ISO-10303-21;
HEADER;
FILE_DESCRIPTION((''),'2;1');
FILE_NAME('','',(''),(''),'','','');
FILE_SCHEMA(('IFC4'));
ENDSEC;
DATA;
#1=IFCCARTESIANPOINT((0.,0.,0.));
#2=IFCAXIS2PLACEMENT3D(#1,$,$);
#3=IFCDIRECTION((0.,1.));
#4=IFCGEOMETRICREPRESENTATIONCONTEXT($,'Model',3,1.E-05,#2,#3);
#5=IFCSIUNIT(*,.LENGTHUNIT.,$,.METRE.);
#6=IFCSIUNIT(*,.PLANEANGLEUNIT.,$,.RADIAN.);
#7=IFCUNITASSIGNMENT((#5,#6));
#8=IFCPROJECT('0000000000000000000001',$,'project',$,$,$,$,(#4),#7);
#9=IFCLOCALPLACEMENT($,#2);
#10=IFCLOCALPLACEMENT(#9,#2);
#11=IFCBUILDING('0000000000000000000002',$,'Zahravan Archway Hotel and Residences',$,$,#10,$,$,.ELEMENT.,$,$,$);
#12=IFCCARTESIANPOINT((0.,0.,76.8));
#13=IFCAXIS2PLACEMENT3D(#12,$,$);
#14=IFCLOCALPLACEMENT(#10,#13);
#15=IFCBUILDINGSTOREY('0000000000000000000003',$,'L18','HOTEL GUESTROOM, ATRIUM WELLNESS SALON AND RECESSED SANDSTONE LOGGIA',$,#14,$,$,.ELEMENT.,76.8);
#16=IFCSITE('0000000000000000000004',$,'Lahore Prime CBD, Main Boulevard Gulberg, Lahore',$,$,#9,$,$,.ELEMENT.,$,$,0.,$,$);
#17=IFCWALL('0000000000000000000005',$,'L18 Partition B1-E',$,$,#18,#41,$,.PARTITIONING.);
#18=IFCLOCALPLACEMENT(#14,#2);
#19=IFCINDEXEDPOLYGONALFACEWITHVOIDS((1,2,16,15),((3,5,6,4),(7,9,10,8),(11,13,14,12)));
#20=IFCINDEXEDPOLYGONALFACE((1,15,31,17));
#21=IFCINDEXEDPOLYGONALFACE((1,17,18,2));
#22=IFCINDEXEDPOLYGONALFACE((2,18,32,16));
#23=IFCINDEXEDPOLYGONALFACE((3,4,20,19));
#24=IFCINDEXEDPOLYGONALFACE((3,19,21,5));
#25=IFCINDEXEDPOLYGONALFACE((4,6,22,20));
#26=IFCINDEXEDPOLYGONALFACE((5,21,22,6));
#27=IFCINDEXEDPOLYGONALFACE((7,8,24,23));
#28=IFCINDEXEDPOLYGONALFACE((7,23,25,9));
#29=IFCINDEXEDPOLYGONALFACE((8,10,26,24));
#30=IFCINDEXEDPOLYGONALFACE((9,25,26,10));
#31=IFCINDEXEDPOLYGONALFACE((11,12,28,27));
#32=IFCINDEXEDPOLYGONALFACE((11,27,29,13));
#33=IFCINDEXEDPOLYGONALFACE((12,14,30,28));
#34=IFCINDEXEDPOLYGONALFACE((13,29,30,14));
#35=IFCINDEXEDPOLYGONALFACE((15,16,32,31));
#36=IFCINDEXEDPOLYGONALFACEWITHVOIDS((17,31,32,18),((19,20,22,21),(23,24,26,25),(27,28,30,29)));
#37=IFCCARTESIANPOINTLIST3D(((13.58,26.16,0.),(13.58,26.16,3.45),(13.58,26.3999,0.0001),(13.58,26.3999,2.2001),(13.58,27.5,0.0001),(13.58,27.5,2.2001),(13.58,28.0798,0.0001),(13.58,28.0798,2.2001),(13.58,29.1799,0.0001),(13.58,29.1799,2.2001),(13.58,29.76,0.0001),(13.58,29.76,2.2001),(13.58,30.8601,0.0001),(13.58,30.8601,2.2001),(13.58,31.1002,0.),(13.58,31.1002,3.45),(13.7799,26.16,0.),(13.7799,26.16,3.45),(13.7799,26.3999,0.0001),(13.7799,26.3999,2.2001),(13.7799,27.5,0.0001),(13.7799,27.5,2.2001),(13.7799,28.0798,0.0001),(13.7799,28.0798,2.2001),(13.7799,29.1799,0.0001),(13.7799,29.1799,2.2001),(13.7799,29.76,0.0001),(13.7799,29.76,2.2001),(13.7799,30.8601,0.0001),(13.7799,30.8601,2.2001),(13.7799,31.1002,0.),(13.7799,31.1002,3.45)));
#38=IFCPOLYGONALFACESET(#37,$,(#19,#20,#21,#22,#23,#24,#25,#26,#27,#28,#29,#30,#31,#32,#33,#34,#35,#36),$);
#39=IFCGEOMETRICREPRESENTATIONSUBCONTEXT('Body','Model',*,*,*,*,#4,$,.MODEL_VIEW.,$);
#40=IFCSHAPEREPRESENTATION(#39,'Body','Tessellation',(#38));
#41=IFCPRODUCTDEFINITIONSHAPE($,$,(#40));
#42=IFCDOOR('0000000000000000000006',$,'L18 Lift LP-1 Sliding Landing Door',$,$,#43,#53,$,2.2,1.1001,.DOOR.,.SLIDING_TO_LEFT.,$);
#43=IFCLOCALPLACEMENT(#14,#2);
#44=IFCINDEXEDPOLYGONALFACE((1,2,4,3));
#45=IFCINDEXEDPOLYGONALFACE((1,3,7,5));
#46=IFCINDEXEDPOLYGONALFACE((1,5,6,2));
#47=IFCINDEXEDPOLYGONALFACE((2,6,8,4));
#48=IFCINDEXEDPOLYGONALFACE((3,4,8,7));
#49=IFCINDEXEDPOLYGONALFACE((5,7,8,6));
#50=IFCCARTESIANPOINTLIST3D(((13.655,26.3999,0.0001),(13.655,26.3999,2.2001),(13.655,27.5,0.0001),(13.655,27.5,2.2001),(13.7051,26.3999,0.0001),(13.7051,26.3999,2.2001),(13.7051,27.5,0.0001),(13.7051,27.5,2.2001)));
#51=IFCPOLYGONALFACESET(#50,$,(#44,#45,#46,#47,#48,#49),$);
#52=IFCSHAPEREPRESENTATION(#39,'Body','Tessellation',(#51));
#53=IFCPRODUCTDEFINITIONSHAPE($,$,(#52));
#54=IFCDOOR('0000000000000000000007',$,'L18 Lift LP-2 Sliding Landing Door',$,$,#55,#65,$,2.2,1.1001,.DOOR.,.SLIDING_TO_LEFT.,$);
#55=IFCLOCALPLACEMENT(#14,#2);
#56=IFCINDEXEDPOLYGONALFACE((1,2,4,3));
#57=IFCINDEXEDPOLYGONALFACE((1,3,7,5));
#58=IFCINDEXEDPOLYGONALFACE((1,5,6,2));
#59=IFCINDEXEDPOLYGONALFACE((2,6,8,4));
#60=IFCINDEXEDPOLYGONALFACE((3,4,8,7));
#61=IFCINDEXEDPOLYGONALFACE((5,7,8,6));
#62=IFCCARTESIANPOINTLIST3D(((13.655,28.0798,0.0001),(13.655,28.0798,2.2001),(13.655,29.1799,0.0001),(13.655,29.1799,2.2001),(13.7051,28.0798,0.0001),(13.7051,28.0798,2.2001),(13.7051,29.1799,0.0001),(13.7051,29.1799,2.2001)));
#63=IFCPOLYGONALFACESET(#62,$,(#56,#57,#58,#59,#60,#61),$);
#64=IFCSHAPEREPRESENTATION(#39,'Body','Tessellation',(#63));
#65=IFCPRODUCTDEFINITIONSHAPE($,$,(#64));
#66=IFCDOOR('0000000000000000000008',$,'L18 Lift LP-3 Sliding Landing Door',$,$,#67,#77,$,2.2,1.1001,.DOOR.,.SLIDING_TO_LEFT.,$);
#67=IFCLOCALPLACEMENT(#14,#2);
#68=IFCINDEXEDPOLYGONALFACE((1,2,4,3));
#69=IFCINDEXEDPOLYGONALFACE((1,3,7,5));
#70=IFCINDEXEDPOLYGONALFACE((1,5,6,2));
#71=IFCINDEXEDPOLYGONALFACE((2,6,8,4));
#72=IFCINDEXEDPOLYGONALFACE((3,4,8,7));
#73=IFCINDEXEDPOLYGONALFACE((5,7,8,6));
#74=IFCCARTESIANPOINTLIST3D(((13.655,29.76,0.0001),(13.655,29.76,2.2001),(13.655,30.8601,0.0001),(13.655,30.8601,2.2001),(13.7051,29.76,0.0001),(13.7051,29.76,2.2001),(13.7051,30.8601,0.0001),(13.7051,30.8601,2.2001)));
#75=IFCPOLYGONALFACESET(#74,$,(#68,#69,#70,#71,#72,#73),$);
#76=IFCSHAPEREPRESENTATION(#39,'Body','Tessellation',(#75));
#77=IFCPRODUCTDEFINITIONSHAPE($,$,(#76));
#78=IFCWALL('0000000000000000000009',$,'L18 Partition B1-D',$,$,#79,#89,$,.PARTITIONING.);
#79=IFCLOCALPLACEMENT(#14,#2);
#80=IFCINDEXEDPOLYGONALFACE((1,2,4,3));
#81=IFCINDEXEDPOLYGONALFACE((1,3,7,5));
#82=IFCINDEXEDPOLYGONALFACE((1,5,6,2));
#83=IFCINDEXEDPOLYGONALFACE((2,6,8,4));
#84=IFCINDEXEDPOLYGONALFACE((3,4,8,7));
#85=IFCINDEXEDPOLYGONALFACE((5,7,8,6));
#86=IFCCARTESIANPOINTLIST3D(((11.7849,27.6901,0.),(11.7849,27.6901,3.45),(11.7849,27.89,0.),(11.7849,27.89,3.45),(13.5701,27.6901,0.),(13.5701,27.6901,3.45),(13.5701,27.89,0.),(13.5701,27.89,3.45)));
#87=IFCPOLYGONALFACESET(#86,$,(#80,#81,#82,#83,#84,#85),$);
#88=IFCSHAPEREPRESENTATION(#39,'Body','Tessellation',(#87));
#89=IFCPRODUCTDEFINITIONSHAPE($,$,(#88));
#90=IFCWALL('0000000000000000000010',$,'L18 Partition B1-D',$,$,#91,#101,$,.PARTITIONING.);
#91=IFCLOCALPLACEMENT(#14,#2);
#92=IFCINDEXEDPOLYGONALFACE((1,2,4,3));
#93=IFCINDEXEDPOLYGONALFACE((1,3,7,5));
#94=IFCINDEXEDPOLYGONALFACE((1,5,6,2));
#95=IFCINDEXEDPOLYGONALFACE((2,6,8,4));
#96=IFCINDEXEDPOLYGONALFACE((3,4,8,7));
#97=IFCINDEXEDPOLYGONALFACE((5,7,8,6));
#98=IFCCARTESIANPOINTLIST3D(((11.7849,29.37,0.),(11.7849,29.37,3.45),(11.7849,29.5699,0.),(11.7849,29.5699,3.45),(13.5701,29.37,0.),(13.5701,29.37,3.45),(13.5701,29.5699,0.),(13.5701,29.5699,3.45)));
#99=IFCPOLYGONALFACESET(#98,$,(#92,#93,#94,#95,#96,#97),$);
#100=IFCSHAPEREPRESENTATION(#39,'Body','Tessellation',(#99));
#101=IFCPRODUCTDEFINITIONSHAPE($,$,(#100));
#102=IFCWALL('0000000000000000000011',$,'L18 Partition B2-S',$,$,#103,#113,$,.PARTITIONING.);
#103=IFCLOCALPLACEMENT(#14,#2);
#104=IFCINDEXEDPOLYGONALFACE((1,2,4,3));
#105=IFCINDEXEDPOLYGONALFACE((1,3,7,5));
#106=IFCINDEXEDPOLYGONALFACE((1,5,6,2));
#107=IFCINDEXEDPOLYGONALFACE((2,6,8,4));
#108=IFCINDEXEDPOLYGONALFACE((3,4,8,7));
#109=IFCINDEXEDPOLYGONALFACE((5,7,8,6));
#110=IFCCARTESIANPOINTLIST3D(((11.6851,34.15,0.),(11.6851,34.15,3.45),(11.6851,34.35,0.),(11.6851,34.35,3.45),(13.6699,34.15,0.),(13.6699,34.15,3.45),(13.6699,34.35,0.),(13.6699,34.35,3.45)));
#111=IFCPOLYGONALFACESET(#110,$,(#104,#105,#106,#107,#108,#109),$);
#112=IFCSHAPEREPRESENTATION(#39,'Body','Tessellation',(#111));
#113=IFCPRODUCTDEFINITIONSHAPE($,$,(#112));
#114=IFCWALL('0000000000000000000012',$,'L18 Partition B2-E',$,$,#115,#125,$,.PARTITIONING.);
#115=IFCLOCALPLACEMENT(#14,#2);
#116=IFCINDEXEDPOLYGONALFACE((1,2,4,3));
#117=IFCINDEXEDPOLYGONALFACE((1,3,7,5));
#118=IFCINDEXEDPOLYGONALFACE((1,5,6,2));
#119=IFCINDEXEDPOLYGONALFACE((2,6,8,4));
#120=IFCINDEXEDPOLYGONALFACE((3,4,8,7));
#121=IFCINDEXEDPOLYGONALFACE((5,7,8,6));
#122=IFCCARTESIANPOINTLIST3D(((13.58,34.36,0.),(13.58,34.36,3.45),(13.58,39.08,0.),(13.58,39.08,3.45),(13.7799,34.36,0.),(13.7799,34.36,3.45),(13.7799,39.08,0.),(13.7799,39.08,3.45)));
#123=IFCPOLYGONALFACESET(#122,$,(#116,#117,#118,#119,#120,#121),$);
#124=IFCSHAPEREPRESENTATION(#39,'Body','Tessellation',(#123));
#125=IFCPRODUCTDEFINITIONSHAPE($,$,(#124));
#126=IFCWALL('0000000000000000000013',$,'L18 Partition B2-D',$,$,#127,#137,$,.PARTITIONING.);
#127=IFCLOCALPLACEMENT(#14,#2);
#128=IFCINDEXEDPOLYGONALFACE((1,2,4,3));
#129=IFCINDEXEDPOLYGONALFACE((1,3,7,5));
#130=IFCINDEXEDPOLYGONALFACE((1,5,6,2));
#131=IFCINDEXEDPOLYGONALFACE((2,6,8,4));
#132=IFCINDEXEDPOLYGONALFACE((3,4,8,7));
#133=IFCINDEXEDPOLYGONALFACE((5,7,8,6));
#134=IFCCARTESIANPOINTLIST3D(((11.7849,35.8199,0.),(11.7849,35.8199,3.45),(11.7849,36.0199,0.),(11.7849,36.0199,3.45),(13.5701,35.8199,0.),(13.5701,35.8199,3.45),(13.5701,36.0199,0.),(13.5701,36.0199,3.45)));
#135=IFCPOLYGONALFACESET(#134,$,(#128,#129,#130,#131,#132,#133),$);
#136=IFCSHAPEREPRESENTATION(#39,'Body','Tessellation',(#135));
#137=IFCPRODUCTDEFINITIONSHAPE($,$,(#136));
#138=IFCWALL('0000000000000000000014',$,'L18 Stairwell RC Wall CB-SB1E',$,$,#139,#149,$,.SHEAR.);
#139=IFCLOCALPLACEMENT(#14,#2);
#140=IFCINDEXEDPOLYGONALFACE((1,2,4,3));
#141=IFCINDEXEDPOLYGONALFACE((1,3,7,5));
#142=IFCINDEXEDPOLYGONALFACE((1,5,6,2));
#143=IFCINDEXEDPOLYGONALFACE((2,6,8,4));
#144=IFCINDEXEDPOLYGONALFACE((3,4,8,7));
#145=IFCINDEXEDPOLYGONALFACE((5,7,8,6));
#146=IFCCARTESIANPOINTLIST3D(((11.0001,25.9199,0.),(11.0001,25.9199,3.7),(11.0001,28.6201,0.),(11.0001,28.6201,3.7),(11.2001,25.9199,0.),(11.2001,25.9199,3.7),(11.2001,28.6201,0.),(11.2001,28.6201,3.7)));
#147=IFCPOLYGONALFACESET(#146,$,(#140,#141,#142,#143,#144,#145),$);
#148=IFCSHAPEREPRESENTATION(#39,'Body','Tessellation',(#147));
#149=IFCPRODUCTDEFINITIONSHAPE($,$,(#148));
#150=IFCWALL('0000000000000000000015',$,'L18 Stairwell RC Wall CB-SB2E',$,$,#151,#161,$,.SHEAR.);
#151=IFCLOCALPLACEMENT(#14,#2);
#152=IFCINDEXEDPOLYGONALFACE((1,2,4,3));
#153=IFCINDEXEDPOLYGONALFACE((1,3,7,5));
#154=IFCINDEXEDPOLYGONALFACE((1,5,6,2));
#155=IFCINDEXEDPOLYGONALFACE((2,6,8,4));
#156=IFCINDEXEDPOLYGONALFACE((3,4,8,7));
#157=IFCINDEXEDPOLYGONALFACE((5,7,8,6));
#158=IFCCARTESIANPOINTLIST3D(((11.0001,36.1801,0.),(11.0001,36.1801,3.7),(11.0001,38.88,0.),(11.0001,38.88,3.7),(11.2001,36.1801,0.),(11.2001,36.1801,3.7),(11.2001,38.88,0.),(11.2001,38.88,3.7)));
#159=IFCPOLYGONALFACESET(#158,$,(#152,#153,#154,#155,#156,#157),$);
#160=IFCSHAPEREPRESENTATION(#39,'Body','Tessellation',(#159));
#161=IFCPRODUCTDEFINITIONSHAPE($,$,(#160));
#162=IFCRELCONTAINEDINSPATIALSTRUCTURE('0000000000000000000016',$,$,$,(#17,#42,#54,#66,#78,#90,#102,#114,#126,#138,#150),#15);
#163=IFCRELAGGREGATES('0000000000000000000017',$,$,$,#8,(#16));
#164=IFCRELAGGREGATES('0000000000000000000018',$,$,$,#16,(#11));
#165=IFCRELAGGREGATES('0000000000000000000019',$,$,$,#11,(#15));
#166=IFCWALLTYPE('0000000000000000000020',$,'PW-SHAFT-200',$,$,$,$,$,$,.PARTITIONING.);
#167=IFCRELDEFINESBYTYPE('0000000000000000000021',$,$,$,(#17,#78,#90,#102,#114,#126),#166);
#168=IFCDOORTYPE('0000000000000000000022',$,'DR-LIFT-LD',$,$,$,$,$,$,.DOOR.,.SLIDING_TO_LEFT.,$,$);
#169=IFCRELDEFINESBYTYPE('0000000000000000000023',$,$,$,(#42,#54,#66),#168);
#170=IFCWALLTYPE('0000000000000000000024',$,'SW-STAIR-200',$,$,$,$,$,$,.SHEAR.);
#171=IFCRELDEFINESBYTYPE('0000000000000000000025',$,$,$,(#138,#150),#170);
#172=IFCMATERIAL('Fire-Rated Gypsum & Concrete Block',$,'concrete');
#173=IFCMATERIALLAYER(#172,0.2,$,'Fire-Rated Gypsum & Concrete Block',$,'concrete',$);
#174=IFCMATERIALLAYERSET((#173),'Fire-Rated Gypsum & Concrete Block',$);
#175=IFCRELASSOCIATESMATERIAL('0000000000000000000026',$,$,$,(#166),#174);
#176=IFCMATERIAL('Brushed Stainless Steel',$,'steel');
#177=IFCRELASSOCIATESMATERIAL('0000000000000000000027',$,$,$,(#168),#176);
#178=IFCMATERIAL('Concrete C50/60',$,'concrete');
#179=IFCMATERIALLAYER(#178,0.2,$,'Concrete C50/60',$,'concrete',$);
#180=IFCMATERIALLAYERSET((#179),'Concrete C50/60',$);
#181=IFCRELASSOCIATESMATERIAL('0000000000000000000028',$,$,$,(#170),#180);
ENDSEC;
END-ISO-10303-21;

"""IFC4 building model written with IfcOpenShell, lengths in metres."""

from ifc_helpers import new_model, si_unit, direction, frame, frame_2d, origin, place, context, subcontext, project, spatial, rectangle, extrude, source, transform, mapped, material, layer, layer_set, type_object, type_shapes, element, fill, save


model = new_model("IFC4")

# Units and contexts
model_context = context("Model", 3, precision=1e-05, world=origin(), true_north=direction((0.0, 1.0)))
body_context = subcontext(model_context, "Body", "Model", "MODEL_VIEW")
ifc_project = project(units=[si_unit("LENGTHUNIT", "METRE"), si_unit("PLANEANGLEUNIT", "RADIAN")], contexts=[model_context])

# Site, building, storey
site_placement = place(None, origin())
site = spatial("IfcSite", under=ifc_project, at=site_placement, Name="Lahore Prime CBD, Main Boulevard Gulberg, Lahore", CompositionType="ELEMENT", RefElevation=0.0)
building_placement = place(site_placement, origin())
building = spatial("IfcBuilding", under=site, at=building_placement, Name="Zahravan Archway Hotel and Residences", CompositionType="ELEMENT")
storey_placement = place(building_placement, frame((0.0, 0.0, 76.8)))
storey = spatial("IfcBuildingStorey", under=building, at=storey_placement, Name="L18", Description="HOTEL GUESTROOM, ATRIUM WELLNESS SALON AND RECESSED SANDSTONE LOGGIA", CompositionType="ELEMENT", Elevation=76.8)

# Shared definitions
ifc_material_1 = material(Name="Fire-Rated Gypsum & Concrete Block", Category="concrete")
ifc_layer_1 = layer(ifc_material_1, 0.2, Name="Fire-Rated Gypsum & Concrete Block", Category="concrete")
ifc_layer_set_1 = layer_set([ifc_layer_1], Name="Fire-Rated Gypsum & Concrete Block")
wall_type_1 = type_object("IfcWallType", Name="PW-SHAFT-200", PredefinedType="PARTITIONING", material=ifc_layer_set_1)

# Wall, openings, doors
wall_1_placement = place(storey_placement, frame((13.6799, 26.1599, 0.0), z_axis=(0.0, 0.0, 1.0), x_axis=(0.0, 1.0, 0.0)))
wall_1 = element("IfcWall", 1, at=wall_1_placement, inside=storey, type_object=wall_type_1, Name="L18 Partition B1-E", PredefinedType="PARTITIONING", context=body_context, shape_type="SweptSolid", body=[
    extrude(rectangle(XDim=4.9402, YDim=0.2, at=frame_2d((2.4702, 0.0))), origin(), (0.0, 0.0, 1.0), 3.45),
])
opening_1_placement = place(wall_1_placement, frame((0.24, 0.0, 0.0)))
opening_1 = element("IfcOpeningElement", 2, at=opening_1_placement, cuts=wall_1, PredefinedType="OPENING", context=body_context, shape_type="SweptSolid", body=[
    extrude(rectangle(XDim=1.1001, YDim=2.2, at=frame_2d((0.55, 1.1001))), frame((0.0, 0.1099, 0.0), z_axis=(0.0, -1.0, 0.0), x_axis=(1.0, 0.0, 0.0)), (0.0, 0.0, 1.0), 0.22),
])
opening_2_placement = place(wall_1_placement, frame((1.9199, 0.0, 0.0)))
opening_2 = element("IfcOpeningElement", 3, at=opening_2_placement, cuts=wall_1, PredefinedType="OPENING", context=body_context, shape_type="SweptSolid", body=[
    extrude(rectangle(XDim=1.1001, YDim=2.2, at=frame_2d((0.55, 1.1001))), frame((0.0, 0.1099, 0.0), z_axis=(0.0, -1.0, 0.0), x_axis=(1.0, 0.0, 0.0)), (0.0, 0.0, 1.0), 0.22),
])
opening_3_placement = place(wall_1_placement, frame((3.6001, 0.0, 0.0)))
opening_3 = element("IfcOpeningElement", 4, at=opening_3_placement, cuts=wall_1, PredefinedType="OPENING", context=body_context, shape_type="SweptSolid", body=[
    extrude(rectangle(XDim=1.1001, YDim=2.2, at=frame_2d((0.55, 1.1001))), frame((0.0, 0.1099, 0.0), z_axis=(0.0, -1.0, 0.0), x_axis=(1.0, 0.0, 0.0)), (0.0, 0.0, 1.0), 0.22),
])
ifc_material_2 = material(Name="Brushed Stainless Steel", Category="steel")
door_type = type_object("IfcDoorType", Name="DR-LIFT-LD", OperationType="SLIDING_TO_LEFT", PredefinedType="DOOR", material=ifc_material_2)
shared_shape_1 = source(origin(), body_context, "Body", "SweptSolid", [
    extrude(rectangle(XDim=1.1001, YDim=2.2, at=frame_2d((0.55, 1.1001))), frame((0.0, 0.0249, 0.0), z_axis=(0.0, -1.0, 0.0), x_axis=(1.0, 0.0, 0.0)), (0.0, 0.0, 1.0), 0.05),
])
type_shapes(door_type, [shared_shape_1])
door_1_placement = place(opening_1_placement, origin())
door_1 = element("IfcDoor", 5, at=door_1_placement, inside=storey, type_object=door_type, Name="L18 Lift LP-1 Sliding Landing Door", OperationType="SLIDING_TO_LEFT", OverallHeight=2.2, OverallWidth=1.1001, PredefinedType="DOOR", context=body_context, shape_type="MappedRepresentation", body=[
    mapped(shared_shape_1, transform((0.0, 0.0, 0.0), scale=1.0)),
])
fill(opening_1, door_1)
door_2_placement = place(opening_2_placement, origin())
door_2 = element("IfcDoor", 6, at=door_2_placement, inside=storey, type_object=door_type, Name="L18 Lift LP-2 Sliding Landing Door", OperationType="SLIDING_TO_LEFT", OverallHeight=2.2, OverallWidth=1.1001, PredefinedType="DOOR", context=body_context, shape_type="MappedRepresentation", body=[
    mapped(shared_shape_1, transform((0.0, 0.0, 0.0), scale=1.0)),
])
fill(opening_2, door_2)
door_3_placement = place(opening_3_placement, origin())
door_3 = element("IfcDoor", 7, at=door_3_placement, inside=storey, type_object=door_type, Name="L18 Lift LP-3 Sliding Landing Door", OperationType="SLIDING_TO_LEFT", OverallHeight=2.2, OverallWidth=1.1001, PredefinedType="DOOR", context=body_context, shape_type="MappedRepresentation", body=[
    mapped(shared_shape_1, transform((0.0, 0.0, 0.0), scale=1.0)),
])
fill(opening_3, door_3)

# Walls
for number, where, z_axis, x_axis, name in (
    (8, (11.7849, 27.79, 0.0), (0.0, 0.0, 1.0), (1.0, 0.0, 0.0), "L18 Partition B1-D"),
    (9, (11.7849, 29.47, 0.0), (0.0, 0.0, 1.0), (1.0, 0.0, 0.0), "L18 Partition B1-D"),
):
    element("IfcWall", number, at=place(storey_placement, frame(where, z_axis=z_axis, x_axis=x_axis)), inside=storey, type_object=wall_type_1, Name=name, PredefinedType="PARTITIONING", context=body_context, shape_type="SweptSolid", body=[
        extrude(rectangle(XDim=1.7852, YDim=0.2, at=frame_2d((0.8926, 0.0))), origin(), (0.0, 0.0, 1.0), 3.45),
    ])
wall_2_placement = place(storey_placement, frame((11.6851, 34.25, 0.0), z_axis=(0.0, 0.0, 1.0), x_axis=(1.0, 0.0, 0.0)))
element("IfcWall", 10, at=wall_2_placement, inside=storey, type_object=wall_type_1, Name="L18 Partition B2-S", PredefinedType="PARTITIONING", context=body_context, shape_type="SweptSolid", body=[
    extrude(rectangle(XDim=1.9849, YDim=0.2, at=frame_2d((0.9924, 0.0))), origin(), (0.0, 0.0, 1.0), 3.45),
])
wall_3_placement = place(storey_placement, frame((13.6799, 34.3601, 0.0), z_axis=(0.0, 0.0, 1.0), x_axis=(0.0, 1.0, 0.0)))
element("IfcWall", 11, at=wall_3_placement, inside=storey, type_object=wall_type_1, Name="L18 Partition B2-E", PredefinedType="PARTITIONING", context=body_context, shape_type="SweptSolid", body=[
    extrude(rectangle(XDim=4.72, YDim=0.2, at=frame_2d((2.3599, 0.0))), origin(), (0.0, 0.0, 1.0), 3.45),
])
wall_4_placement = place(storey_placement, frame((11.7849, 35.9199, 0.0), z_axis=(0.0, 0.0, 1.0), x_axis=(1.0, 0.0, 0.0)))
element("IfcWall", 12, at=wall_4_placement, inside=storey, type_object=wall_type_1, Name="L18 Partition B2-D", PredefinedType="PARTITIONING", context=body_context, shape_type="SweptSolid", body=[
    extrude(rectangle(XDim=1.7852, YDim=0.2, at=frame_2d((0.8926, 0.0))), origin(), (0.0, 0.0, 1.0), 3.45),
])
ifc_material_3 = material(Name="Concrete C50/60", Category="concrete")
ifc_layer_2 = layer(ifc_material_3, 0.2, Name="Concrete C50/60", Category="concrete")
ifc_layer_set_2 = layer_set([ifc_layer_2], Name="Concrete C50/60")
wall_type_2 = type_object("IfcWallType", Name="SW-STAIR-200", PredefinedType="SHEAR", material=ifc_layer_set_2)
wall_5_placement = place(storey_placement, frame((11.1001, 25.9199, 0.0), z_axis=(0.0, 0.0, 1.0), x_axis=(0.0, 1.0, 0.0)))
element("IfcWall", 13, at=wall_5_placement, inside=storey, type_object=wall_type_2, Name="L18 Stairwell RC Wall CB-SB1E", PredefinedType="SHEAR", context=body_context, shape_type="SweptSolid", body=[
    extrude(rectangle(XDim=2.7002, YDim=0.2, at=frame_2d((1.3501, 0.0))), origin(), (0.0, 0.0, 1.0), 3.7),
])
wall_6_placement = place(storey_placement, frame((11.1001, 36.1799, 0.0), z_axis=(0.0, 0.0, 1.0), x_axis=(0.0, 1.0, 0.0)))
element("IfcWall", 14, at=wall_6_placement, inside=storey, type_object=wall_type_2, Name="L18 Stairwell RC Wall CB-SB2E", PredefinedType="SHEAR", context=body_context, shape_type="SweptSolid", body=[
    extrude(rectangle(XDim=2.7, YDim=0.2, at=frame_2d((1.3501, 0.0))), origin(), (0.0, 0.0, 1.0), 3.7),
])

save(model, "model.ifc")
